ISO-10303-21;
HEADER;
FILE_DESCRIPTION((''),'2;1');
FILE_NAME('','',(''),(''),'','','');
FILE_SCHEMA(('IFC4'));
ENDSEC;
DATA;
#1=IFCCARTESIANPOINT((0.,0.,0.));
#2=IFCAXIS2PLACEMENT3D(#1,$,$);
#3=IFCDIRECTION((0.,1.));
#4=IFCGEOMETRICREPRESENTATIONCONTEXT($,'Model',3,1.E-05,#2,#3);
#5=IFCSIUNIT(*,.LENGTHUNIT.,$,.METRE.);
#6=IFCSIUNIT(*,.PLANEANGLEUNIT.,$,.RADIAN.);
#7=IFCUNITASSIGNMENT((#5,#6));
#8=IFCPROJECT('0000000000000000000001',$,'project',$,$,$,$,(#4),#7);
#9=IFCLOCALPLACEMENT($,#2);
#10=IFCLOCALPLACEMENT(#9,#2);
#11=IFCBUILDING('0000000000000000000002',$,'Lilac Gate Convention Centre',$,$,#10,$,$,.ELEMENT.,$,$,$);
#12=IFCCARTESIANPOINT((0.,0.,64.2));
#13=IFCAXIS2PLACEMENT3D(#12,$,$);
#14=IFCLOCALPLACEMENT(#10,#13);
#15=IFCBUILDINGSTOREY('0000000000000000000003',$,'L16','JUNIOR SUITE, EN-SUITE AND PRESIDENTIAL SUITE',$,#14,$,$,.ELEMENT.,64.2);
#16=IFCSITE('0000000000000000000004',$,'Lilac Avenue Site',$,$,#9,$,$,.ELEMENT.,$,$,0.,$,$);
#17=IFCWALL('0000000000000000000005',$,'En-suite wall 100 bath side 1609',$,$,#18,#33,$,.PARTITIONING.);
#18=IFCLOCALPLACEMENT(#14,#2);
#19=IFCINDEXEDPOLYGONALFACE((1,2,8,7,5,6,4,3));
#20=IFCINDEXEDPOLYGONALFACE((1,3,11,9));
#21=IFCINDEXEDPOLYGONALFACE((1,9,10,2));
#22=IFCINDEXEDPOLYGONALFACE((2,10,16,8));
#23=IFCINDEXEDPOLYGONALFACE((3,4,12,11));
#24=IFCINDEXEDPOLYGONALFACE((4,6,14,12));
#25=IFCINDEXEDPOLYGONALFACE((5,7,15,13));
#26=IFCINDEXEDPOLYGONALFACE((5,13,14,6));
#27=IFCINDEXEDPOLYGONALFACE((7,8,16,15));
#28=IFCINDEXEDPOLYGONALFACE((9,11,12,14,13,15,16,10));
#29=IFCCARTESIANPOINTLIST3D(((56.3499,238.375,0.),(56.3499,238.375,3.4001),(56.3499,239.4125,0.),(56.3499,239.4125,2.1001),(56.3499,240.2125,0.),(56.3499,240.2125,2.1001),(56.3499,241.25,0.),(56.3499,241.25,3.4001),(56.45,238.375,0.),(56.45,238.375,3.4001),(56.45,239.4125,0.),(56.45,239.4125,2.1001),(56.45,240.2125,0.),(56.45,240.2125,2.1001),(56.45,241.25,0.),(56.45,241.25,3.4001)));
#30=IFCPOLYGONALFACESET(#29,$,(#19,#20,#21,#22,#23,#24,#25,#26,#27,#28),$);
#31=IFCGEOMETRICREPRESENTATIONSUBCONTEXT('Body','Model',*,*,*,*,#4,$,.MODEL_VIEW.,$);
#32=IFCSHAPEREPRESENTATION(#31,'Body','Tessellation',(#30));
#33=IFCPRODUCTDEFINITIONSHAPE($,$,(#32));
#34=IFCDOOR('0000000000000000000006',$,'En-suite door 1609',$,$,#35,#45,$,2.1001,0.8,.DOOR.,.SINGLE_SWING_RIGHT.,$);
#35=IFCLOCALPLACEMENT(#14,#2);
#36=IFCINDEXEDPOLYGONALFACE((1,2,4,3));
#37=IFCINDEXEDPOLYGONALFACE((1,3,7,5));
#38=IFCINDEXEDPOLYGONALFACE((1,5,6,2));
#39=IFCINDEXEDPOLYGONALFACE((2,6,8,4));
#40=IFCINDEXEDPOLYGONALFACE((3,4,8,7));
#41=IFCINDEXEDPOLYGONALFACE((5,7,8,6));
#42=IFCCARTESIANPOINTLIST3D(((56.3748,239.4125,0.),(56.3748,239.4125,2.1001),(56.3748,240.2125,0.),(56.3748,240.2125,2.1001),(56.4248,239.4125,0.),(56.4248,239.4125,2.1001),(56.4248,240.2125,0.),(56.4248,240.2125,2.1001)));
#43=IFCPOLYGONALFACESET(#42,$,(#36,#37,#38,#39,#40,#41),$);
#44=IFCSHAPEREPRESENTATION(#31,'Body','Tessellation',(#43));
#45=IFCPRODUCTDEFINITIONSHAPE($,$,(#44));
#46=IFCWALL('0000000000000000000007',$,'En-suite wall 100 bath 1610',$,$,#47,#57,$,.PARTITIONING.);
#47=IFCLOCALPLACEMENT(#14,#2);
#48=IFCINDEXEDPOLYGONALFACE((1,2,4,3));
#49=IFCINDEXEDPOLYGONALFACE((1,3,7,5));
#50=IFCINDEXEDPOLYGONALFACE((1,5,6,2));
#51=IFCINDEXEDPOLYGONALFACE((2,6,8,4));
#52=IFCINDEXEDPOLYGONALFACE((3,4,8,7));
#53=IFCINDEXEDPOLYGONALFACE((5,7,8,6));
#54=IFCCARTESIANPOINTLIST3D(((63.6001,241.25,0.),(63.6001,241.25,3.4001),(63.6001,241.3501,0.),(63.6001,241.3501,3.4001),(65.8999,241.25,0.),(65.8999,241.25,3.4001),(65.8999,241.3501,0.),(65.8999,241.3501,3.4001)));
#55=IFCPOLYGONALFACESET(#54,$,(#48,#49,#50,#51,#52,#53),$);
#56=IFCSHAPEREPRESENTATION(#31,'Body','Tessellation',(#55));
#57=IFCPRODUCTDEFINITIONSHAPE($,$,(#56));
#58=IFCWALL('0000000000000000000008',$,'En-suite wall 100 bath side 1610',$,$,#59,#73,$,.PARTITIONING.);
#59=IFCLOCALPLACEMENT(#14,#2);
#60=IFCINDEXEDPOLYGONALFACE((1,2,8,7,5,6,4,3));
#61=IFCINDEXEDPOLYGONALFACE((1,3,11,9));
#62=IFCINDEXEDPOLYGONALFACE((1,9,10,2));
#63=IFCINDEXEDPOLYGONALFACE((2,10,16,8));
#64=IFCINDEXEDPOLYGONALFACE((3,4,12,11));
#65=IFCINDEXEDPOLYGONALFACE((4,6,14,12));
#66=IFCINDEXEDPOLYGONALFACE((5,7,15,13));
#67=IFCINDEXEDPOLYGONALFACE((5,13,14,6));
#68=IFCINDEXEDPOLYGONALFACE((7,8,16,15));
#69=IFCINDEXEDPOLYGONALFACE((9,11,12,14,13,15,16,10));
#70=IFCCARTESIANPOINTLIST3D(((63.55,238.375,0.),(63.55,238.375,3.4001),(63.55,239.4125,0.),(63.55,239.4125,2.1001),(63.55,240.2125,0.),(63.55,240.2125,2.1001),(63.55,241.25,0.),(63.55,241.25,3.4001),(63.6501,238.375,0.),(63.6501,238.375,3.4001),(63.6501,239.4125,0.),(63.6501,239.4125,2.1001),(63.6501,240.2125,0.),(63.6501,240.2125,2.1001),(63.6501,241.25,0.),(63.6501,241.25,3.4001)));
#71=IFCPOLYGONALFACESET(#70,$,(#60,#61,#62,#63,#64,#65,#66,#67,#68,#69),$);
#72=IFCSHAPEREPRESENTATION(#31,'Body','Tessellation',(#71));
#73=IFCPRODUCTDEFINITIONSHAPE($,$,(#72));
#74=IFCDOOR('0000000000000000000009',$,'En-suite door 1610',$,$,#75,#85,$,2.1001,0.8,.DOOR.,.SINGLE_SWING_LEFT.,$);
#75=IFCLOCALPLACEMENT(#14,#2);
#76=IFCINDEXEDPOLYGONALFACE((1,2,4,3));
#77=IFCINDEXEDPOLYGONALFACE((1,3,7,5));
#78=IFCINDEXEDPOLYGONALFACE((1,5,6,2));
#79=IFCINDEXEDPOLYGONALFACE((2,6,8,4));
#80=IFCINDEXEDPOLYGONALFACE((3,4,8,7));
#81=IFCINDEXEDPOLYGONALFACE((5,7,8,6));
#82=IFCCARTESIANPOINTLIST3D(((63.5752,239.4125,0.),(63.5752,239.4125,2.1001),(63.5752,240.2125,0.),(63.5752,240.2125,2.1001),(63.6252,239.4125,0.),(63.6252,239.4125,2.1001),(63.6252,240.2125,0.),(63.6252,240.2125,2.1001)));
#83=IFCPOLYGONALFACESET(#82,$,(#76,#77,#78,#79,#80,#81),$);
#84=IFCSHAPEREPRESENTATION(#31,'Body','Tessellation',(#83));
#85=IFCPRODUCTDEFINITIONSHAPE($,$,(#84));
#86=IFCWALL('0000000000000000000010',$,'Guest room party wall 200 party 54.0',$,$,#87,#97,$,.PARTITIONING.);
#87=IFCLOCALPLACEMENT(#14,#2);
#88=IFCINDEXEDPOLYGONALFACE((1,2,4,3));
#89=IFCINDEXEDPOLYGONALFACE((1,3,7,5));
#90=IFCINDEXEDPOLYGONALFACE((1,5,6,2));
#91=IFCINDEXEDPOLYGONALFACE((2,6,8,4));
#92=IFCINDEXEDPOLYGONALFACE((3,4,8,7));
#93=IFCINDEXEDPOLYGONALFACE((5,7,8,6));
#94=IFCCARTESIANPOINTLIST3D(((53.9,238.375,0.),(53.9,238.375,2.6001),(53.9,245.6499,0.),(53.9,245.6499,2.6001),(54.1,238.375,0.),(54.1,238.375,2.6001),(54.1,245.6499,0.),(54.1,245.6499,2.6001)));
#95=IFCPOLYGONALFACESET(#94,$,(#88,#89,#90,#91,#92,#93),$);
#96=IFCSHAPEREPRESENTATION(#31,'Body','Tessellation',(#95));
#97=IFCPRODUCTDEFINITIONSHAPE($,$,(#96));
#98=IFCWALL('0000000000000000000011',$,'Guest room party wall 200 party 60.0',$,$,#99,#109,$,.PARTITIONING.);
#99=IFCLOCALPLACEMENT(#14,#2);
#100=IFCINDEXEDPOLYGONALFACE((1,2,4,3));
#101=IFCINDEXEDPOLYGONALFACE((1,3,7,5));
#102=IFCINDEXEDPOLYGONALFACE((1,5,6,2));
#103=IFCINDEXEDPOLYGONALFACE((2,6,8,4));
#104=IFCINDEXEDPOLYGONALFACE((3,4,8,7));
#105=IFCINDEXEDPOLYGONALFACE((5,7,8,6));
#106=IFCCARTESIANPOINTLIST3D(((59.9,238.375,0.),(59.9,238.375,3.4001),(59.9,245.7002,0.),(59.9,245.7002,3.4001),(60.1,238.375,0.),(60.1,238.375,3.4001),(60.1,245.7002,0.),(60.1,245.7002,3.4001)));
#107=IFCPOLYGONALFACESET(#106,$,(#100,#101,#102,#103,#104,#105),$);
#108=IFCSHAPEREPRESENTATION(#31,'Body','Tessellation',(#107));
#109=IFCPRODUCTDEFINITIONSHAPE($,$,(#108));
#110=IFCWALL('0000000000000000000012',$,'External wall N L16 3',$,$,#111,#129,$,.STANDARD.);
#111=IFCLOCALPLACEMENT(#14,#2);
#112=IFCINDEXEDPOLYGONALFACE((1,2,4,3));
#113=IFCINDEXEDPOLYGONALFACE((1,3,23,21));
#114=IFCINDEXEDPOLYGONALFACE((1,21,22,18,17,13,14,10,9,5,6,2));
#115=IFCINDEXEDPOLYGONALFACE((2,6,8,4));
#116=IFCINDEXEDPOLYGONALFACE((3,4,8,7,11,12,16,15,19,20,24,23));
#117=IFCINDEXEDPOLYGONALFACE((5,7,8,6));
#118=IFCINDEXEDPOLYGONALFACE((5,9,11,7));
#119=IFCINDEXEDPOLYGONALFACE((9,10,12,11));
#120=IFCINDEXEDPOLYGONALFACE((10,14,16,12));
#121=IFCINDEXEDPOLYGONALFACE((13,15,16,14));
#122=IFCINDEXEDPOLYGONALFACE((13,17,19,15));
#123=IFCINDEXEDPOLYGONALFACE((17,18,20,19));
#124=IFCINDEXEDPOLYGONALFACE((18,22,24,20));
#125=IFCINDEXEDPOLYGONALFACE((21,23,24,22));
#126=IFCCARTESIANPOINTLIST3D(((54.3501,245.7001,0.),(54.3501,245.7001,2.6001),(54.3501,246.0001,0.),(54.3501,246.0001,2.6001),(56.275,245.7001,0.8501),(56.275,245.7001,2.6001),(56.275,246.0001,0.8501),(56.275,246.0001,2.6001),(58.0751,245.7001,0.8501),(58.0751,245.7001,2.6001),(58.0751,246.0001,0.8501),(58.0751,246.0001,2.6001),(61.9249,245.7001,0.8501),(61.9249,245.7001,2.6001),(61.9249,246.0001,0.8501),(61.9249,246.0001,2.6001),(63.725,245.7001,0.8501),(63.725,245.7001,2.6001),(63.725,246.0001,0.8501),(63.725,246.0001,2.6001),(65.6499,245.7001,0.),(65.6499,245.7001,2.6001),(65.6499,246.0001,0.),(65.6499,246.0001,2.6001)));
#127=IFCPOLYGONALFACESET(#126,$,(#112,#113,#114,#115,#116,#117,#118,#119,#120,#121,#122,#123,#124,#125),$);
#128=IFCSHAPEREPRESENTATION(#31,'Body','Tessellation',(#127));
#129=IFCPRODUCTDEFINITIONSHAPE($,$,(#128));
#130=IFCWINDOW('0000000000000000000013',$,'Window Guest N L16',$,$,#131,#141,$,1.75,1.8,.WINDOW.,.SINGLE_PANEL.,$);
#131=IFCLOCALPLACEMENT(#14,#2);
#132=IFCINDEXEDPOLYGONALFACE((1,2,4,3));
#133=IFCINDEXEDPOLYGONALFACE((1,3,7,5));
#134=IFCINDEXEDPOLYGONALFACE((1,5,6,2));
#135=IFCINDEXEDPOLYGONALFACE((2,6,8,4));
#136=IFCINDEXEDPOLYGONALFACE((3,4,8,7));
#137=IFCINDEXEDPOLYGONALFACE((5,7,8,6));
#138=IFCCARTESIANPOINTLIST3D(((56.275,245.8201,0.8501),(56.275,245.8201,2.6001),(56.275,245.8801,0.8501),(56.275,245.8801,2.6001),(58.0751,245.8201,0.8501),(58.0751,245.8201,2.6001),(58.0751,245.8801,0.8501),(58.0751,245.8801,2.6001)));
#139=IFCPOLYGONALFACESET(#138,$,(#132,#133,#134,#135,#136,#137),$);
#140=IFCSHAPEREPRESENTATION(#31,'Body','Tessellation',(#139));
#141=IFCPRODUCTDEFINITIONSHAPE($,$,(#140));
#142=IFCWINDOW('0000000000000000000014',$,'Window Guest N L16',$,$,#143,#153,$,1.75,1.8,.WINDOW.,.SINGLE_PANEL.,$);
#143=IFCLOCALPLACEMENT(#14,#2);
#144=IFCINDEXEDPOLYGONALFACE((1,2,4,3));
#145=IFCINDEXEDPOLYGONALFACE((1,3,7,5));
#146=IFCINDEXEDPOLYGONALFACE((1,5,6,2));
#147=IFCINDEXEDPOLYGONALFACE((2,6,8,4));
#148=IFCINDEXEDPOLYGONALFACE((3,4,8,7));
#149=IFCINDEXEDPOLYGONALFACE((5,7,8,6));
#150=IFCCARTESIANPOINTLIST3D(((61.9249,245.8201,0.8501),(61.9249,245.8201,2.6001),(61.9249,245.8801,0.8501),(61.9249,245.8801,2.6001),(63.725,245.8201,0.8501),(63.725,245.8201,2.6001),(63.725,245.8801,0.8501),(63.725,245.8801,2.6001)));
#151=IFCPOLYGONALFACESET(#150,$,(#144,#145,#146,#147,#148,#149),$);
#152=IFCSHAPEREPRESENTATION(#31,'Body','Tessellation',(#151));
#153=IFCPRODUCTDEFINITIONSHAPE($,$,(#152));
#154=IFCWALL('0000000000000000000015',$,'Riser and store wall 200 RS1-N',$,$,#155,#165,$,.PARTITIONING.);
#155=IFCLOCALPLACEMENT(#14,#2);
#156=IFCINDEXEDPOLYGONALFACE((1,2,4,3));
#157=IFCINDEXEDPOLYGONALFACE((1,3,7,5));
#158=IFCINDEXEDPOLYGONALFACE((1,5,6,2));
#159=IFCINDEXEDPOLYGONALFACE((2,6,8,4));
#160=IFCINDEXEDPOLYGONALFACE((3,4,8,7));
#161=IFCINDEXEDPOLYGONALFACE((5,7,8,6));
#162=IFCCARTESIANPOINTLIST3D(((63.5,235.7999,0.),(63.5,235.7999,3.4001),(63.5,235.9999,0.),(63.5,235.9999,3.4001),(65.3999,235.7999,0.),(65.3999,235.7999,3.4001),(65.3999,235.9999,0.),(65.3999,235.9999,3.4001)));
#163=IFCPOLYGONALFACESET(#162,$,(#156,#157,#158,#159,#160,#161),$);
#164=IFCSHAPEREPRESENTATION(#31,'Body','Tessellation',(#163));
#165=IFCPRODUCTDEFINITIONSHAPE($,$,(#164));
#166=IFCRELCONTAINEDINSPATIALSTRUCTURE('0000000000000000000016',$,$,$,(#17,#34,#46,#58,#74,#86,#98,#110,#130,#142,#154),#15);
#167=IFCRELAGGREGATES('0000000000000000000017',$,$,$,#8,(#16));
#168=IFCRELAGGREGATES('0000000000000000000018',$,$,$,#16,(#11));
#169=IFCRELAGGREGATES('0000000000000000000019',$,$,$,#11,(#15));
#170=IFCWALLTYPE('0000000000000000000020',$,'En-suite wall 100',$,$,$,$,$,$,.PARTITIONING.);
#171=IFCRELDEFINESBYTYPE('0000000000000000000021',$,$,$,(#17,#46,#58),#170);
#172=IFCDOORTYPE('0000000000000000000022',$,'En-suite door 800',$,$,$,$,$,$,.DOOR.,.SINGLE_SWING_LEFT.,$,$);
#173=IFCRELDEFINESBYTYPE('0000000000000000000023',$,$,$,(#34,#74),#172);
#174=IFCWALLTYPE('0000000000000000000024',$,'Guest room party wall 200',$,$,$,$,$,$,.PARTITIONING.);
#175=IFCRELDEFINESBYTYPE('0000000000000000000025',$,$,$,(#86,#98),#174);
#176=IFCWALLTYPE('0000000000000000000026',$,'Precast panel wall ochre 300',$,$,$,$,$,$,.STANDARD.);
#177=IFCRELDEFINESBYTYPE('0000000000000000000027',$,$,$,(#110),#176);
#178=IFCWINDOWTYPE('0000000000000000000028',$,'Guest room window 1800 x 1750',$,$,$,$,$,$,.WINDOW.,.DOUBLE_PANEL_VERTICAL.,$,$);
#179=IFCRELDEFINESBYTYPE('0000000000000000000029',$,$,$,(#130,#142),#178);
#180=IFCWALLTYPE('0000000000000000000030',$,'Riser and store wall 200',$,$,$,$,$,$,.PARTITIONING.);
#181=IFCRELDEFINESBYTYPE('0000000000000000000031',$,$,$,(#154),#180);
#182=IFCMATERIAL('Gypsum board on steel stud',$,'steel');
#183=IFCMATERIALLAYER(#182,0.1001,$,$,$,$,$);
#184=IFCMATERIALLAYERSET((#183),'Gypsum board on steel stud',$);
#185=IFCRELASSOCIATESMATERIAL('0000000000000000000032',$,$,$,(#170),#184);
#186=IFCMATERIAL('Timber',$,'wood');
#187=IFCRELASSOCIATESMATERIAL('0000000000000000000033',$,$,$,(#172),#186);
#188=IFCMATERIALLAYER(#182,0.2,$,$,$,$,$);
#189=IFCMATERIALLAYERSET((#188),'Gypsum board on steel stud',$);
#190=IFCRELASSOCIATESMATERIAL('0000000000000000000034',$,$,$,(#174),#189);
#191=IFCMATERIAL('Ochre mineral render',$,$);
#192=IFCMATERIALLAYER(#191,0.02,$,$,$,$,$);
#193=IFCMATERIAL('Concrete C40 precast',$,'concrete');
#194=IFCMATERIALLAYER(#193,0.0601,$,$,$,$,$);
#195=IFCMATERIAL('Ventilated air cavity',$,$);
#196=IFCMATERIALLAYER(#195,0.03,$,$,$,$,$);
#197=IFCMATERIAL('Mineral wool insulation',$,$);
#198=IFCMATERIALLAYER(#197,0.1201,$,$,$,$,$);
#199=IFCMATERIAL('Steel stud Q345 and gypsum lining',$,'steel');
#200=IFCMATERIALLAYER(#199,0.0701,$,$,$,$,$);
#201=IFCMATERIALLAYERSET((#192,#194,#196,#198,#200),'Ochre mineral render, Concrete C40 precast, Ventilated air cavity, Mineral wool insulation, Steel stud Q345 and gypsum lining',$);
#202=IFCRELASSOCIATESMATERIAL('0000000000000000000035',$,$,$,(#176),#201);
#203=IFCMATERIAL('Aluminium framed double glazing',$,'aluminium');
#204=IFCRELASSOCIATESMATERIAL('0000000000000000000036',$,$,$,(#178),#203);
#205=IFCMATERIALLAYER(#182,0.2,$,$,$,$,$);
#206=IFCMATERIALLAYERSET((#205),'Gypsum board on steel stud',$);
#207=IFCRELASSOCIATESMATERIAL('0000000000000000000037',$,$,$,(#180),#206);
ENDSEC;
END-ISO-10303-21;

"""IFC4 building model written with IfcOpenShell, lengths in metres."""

from ifc_helpers import new_model, si_unit, direction, frame, frame_2d, origin, place, context, subcontext, project, spatial, rectangle, extrude, material, layer, layer_set, type_object, element, fill, save


model = new_model("IFC4")

# Units and contexts
model_context = context("Model", 3, precision=1e-05, world=origin(), true_north=direction((0.0, 1.0)))
body_context = subcontext(model_context, "Body", "Model", "MODEL_VIEW")
ifc_project = project(units=[si_unit("LENGTHUNIT", "METRE"), si_unit("PLANEANGLEUNIT", "RADIAN")], contexts=[model_context])

# Site, building, storey
site_placement = place(None, origin())
site = spatial("IfcSite", under=ifc_project, at=site_placement, Name="Lilac Avenue Site", CompositionType="ELEMENT", RefElevation=0.0)
building_placement = place(site_placement, origin())
building = spatial("IfcBuilding", under=site, at=building_placement, Name="Lilac Gate Convention Centre", CompositionType="ELEMENT")
storey_placement = place(building_placement, frame((0.0, 0.0, 64.2)))
storey = spatial("IfcBuildingStorey", under=building, at=storey_placement, Name="L16", Description="JUNIOR SUITE, EN-SUITE AND PRESIDENTIAL SUITE", CompositionType="ELEMENT", Elevation=64.2)

# Shared definitions
ifc_material_1 = material(Name="Gypsum board on steel stud", Category="steel")
ifc_material_2 = material(Name="Timber", Category="wood")

# Shared definitions
ifc_layer_1 = layer(ifc_material_1, 0.1001)
ifc_layer_set_1 = layer_set([ifc_layer_1], Name="Gypsum board on steel stud")
wall_type_1 = type_object("IfcWallType", Name="En-suite wall 100", PredefinedType="PARTITIONING", material=ifc_layer_set_1)

# Wall, opening, door
wall_1_placement = place(storey_placement, frame((56.3999, 241.25, 0.0), z_axis=(0.0, 0.0, 1.0), x_axis=(0.0, -1.0, 0.0)))
wall_1 = element("IfcWall", 1, at=wall_1_placement, inside=storey, type_object=wall_type_1, Name="En-suite wall 100 bath side 1609", PredefinedType="PARTITIONING", context=body_context, shape_type="SweptSolid", body=[
    extrude(rectangle(XDim=2.875, YDim=0.1001, at=frame_2d((1.4375, 0.0))), origin(), (0.0, 0.0, 1.0), 3.4001),
])
opening_1_placement = place(wall_1_placement, frame((1.0376, 0.0, 0.0)))
opening_1 = element("IfcOpeningElement", 2, at=opening_1_placement, cuts=wall_1, PredefinedType="OPENING", context=body_context, shape_type="SweptSolid", body=[
    extrude(rectangle(XDim=0.8, YDim=2.1001, at=frame_2d((0.3999, 1.05))), frame((0.0, 0.0601, 0.0), z_axis=(0.0, -1.0, 0.0), x_axis=(1.0, 0.0, 0.0)), (0.0, 0.0, 1.0), 0.1201),
])
door_type_1 = type_object("IfcDoorType", Name="En-suite door 800", OperationType="SINGLE_SWING_LEFT", PredefinedType="DOOR", material=ifc_material_2)
door_1_placement = place(opening_1_placement, origin())
door_1 = element("IfcDoor", 3, at=door_1_placement, inside=storey, type_object=door_type_1, Name="En-suite door 1609", OperationType="SINGLE_SWING_RIGHT", OverallHeight=2.1001, OverallWidth=0.8, PredefinedType="DOOR", context=body_context, shape_type="SweptSolid", body=[
    extrude(rectangle(XDim=0.8, YDim=2.1001, at=frame_2d((0.3999, 1.05))), frame((0.0, 0.0249, 0.0), z_axis=(0.0, -1.0, 0.0), x_axis=(1.0, 0.0, 0.0)), (0.0, 0.0, 1.0), 0.05),
])
fill(opening_1, door_1)

# Wall
wall_2_placement = place(storey_placement, frame((63.6001, 241.3, 0.0), z_axis=(0.0, 0.0, 1.0), x_axis=(1.0, 0.0, 0.0)))
element("IfcWall", 4, at=wall_2_placement, inside=storey, type_object=wall_type_1, Name="En-suite wall 100 bath 1610", PredefinedType="PARTITIONING", context=body_context, shape_type="SweptSolid", body=[
    extrude(rectangle(XDim=2.2998, YDim=0.1001, at=frame_2d((1.1499, 0.0))), origin(), (0.0, 0.0, 1.0), 3.4001),
])

# Wall, opening, door
wall_3_placement = place(storey_placement, frame((63.6001, 238.375, 0.0), z_axis=(0.0, 0.0, 1.0), x_axis=(0.0, 1.0, 0.0)))
wall_3 = element("IfcWall", 5, at=wall_3_placement, inside=storey, type_object=wall_type_1, Name="En-suite wall 100 bath side 1610", PredefinedType="PARTITIONING", context=body_context, shape_type="SweptSolid", body=[
    extrude(rectangle(XDim=2.875, YDim=0.1001, at=frame_2d((1.4375, 0.0))), origin(), (0.0, 0.0, 1.0), 3.4001),
])
opening_2_placement = place(wall_3_placement, frame((1.0376, 0.0, 0.0)))
opening_2 = element("IfcOpeningElement", 6, at=opening_2_placement, cuts=wall_3, PredefinedType="OPENING", context=body_context, shape_type="SweptSolid", body=[
    extrude(rectangle(XDim=0.8, YDim=2.1001, at=frame_2d((0.3999, 1.05))), frame((0.0, 0.0601, 0.0), z_axis=(0.0, -1.0, 0.0), x_axis=(1.0, 0.0, 0.0)), (0.0, 0.0, 1.0), 0.1201),
])
door_2_placement = place(opening_2_placement, origin())
door_2 = element("IfcDoor", 7, at=door_2_placement, inside=storey, type_object=door_type_1, Name="En-suite door 1610", OperationType="SINGLE_SWING_LEFT", OverallHeight=2.1001, OverallWidth=0.8, PredefinedType="DOOR", context=body_context, shape_type="SweptSolid", body=[
    extrude(rectangle(XDim=0.8, YDim=2.1001, at=frame_2d((0.3999, 1.05))), frame((0.0, 0.0249, 0.0), z_axis=(0.0, -1.0, 0.0), x_axis=(1.0, 0.0, 0.0)), (0.0, 0.0, 1.0), 0.05),
])
fill(opening_2, door_2)

# Walls
ifc_layer_2 = layer(ifc_material_1, 0.2)
ifc_layer_set_2 = layer_set([ifc_layer_2], Name="Gypsum board on steel stud")
wall_type_2 = type_object("IfcWallType", Name="Guest room party wall 200", PredefinedType="PARTITIONING", material=ifc_layer_set_2)
wall_4_placement = place(storey_placement, frame((54.0, 245.6499, 0.0), z_axis=(0.0, 0.0, 1.0), x_axis=(0.0, -1.0, 0.0)))
element("IfcWall", 8, at=wall_4_placement, inside=storey, type_object=wall_type_2, Name="Guest room party wall 200 party 54.0", PredefinedType="PARTITIONING", context=body_context, shape_type="SweptSolid", body=[
    extrude(rectangle(XDim=7.2749, YDim=0.2, at=frame_2d((3.6375, 0.0))), origin(), (0.0, 0.0, 1.0), 2.6001),
])
wall_5_placement = place(storey_placement, frame((60.0, 245.7002, 0.0), z_axis=(0.0, 0.0, 1.0), x_axis=(0.0, -1.0, 0.0)))
element("IfcWall", 9, at=wall_5_placement, inside=storey, type_object=wall_type_2, Name="Guest room party wall 200 party 60.0", PredefinedType="PARTITIONING", context=body_context, shape_type="SweptSolid", body=[
    extrude(rectangle(XDim=7.3252, YDim=0.2, at=frame_2d((3.6626, 0.0))), origin(), (0.0, 0.0, 1.0), 3.4001),
])

# Wall, openings, windows
ifc_material_3 = material(Name="Ochre mineral render")
ifc_layer_3 = layer(ifc_material_3, 0.02)
ifc_material_4 = material(Name="Concrete C40 precast", Category="concrete")
ifc_layer_4 = layer(ifc_material_4, 0.0601)
ifc_material_5 = material(Name="Ventilated air cavity")
ifc_layer_5 = layer(ifc_material_5, 0.03)
ifc_material_6 = material(Name="Mineral wool insulation")
ifc_layer_6 = layer(ifc_material_6, 0.1201)
ifc_material_7 = material(Name="Steel stud Q345 and gypsum lining", Category="steel")
ifc_layer_7 = layer(ifc_material_7, 0.0701)
ifc_layer_set_3 = layer_set([ifc_layer_3, ifc_layer_4, ifc_layer_5, ifc_layer_6, ifc_layer_7], Name="Ochre mineral render, Concrete C40 precast, Ventilated air cavity, Mineral wool insulation, Steel stud Q345 and gypsum lining")
wall_type_3 = type_object("IfcWallType", Name="Precast panel wall ochre 300", PredefinedType="STANDARD", material=ifc_layer_set_3)
wall_6_placement = place(storey_placement, frame((65.6499, 245.8501, 0.0), z_axis=(0.0, 0.0, 1.0), x_axis=(-1.0, 0.0, 0.0)))
wall_6 = element("IfcWall", 10, at=wall_6_placement, inside=storey, type_object=wall_type_3, Name="External wall N L16 3", PredefinedType="STANDARD", context=body_context, shape_type="SweptSolid", body=[
    extrude(rectangle(XDim=11.2998, YDim=0.3, at=frame_2d((5.6499, 0.0))), origin(), (0.0, 0.0, 1.0), 2.6001),
])
opening_3_placement = place(wall_6_placement, frame((7.575, 0.0, 0.8501)))
opening_3 = element("IfcOpeningElement", 11, at=opening_3_placement, cuts=wall_6, PredefinedType="OPENING", context=body_context, shape_type="SweptSolid", body=[
    extrude(rectangle(XDim=1.8, YDim=1.75, at=frame_2d((0.8999, 0.875))), frame((0.0, 0.1599, 0.0), z_axis=(0.0, -1.0, 0.0), x_axis=(1.0, 0.0, 0.0)), (0.0, 0.0, 1.0), 0.3201),
])
opening_4_placement = place(wall_6_placement, frame((1.925, 0.0, 0.8501)))
opening_4 = element("IfcOpeningElement", 12, at=opening_4_placement, cuts=wall_6, PredefinedType="OPENING", context=body_context, shape_type="SweptSolid", body=[
    extrude(rectangle(XDim=1.8, YDim=1.75, at=frame_2d((0.8999, 0.875))), frame((0.0, 0.1599, 0.0), z_axis=(0.0, -1.0, 0.0), x_axis=(1.0, 0.0, 0.0)), (0.0, 0.0, 1.0), 0.3201),
])
ifc_material_8 = material(Name="Aluminium framed double glazing", Category="aluminium")
window_type = type_object("IfcWindowType", Name="Guest room window 1800 x 1750", PartitioningType="DOUBLE_PANEL_VERTICAL", PredefinedType="WINDOW", material=ifc_material_8)
window_1_placement = place(opening_3_placement, origin())
window_1 = element("IfcWindow", 13, at=window_1_placement, inside=storey, type_object=window_type, Name="Window Guest N L16", OverallHeight=1.75, OverallWidth=1.8, PartitioningType="SINGLE_PANEL", PredefinedType="WINDOW", context=body_context, shape_type="SweptSolid", body=[
    extrude(rectangle(XDim=1.8, YDim=1.75, at=frame_2d((0.8999, 0.875))), frame((0.0, 0.03, 0.0), z_axis=(0.0, -1.0, 0.0), x_axis=(1.0, 0.0, 0.0)), (0.0, 0.0, 1.0), 0.0601),
])
fill(opening_3, window_1)
window_2_placement = place(opening_4_placement, origin())
window_2 = element("IfcWindow", 14, at=window_2_placement, inside=storey, type_object=window_type, Name="Window Guest N L16", OverallHeight=1.75, OverallWidth=1.8, PartitioningType="SINGLE_PANEL", PredefinedType="WINDOW", context=body_context, shape_type="SweptSolid", body=[
    extrude(rectangle(XDim=1.8, YDim=1.75, at=frame_2d((0.8999, 0.875))), frame((0.0, 0.03, 0.0), z_axis=(0.0, -1.0, 0.0), x_axis=(1.0, 0.0, 0.0)), (0.0, 0.0, 1.0), 0.0601),
])
fill(opening_4, window_2)

# Wall
ifc_layer_8 = layer(ifc_material_1, 0.2)
ifc_layer_set_4 = layer_set([ifc_layer_8], Name="Gypsum board on steel stud")
wall_type_4 = type_object("IfcWallType", Name="Riser and store wall 200", PredefinedType="PARTITIONING", material=ifc_layer_set_4)
wall_7_placement = place(storey_placement, frame((63.5, 235.8999, 0.0), z_axis=(0.0, 0.0, 1.0), x_axis=(1.0, 0.0, 0.0)))
element("IfcWall", 15, at=wall_7_placement, inside=storey, type_object=wall_type_4, Name="Riser and store wall 200 RS1-N", PredefinedType="PARTITIONING", context=body_context, shape_type="SweptSolid", body=[
    extrude(rectangle(XDim=1.8999, YDim=0.2, at=frame_2d((0.95, 0.0))), origin(), (0.0, 0.0, 1.0), 3.4001),
])

save(model, "model.ifc")
